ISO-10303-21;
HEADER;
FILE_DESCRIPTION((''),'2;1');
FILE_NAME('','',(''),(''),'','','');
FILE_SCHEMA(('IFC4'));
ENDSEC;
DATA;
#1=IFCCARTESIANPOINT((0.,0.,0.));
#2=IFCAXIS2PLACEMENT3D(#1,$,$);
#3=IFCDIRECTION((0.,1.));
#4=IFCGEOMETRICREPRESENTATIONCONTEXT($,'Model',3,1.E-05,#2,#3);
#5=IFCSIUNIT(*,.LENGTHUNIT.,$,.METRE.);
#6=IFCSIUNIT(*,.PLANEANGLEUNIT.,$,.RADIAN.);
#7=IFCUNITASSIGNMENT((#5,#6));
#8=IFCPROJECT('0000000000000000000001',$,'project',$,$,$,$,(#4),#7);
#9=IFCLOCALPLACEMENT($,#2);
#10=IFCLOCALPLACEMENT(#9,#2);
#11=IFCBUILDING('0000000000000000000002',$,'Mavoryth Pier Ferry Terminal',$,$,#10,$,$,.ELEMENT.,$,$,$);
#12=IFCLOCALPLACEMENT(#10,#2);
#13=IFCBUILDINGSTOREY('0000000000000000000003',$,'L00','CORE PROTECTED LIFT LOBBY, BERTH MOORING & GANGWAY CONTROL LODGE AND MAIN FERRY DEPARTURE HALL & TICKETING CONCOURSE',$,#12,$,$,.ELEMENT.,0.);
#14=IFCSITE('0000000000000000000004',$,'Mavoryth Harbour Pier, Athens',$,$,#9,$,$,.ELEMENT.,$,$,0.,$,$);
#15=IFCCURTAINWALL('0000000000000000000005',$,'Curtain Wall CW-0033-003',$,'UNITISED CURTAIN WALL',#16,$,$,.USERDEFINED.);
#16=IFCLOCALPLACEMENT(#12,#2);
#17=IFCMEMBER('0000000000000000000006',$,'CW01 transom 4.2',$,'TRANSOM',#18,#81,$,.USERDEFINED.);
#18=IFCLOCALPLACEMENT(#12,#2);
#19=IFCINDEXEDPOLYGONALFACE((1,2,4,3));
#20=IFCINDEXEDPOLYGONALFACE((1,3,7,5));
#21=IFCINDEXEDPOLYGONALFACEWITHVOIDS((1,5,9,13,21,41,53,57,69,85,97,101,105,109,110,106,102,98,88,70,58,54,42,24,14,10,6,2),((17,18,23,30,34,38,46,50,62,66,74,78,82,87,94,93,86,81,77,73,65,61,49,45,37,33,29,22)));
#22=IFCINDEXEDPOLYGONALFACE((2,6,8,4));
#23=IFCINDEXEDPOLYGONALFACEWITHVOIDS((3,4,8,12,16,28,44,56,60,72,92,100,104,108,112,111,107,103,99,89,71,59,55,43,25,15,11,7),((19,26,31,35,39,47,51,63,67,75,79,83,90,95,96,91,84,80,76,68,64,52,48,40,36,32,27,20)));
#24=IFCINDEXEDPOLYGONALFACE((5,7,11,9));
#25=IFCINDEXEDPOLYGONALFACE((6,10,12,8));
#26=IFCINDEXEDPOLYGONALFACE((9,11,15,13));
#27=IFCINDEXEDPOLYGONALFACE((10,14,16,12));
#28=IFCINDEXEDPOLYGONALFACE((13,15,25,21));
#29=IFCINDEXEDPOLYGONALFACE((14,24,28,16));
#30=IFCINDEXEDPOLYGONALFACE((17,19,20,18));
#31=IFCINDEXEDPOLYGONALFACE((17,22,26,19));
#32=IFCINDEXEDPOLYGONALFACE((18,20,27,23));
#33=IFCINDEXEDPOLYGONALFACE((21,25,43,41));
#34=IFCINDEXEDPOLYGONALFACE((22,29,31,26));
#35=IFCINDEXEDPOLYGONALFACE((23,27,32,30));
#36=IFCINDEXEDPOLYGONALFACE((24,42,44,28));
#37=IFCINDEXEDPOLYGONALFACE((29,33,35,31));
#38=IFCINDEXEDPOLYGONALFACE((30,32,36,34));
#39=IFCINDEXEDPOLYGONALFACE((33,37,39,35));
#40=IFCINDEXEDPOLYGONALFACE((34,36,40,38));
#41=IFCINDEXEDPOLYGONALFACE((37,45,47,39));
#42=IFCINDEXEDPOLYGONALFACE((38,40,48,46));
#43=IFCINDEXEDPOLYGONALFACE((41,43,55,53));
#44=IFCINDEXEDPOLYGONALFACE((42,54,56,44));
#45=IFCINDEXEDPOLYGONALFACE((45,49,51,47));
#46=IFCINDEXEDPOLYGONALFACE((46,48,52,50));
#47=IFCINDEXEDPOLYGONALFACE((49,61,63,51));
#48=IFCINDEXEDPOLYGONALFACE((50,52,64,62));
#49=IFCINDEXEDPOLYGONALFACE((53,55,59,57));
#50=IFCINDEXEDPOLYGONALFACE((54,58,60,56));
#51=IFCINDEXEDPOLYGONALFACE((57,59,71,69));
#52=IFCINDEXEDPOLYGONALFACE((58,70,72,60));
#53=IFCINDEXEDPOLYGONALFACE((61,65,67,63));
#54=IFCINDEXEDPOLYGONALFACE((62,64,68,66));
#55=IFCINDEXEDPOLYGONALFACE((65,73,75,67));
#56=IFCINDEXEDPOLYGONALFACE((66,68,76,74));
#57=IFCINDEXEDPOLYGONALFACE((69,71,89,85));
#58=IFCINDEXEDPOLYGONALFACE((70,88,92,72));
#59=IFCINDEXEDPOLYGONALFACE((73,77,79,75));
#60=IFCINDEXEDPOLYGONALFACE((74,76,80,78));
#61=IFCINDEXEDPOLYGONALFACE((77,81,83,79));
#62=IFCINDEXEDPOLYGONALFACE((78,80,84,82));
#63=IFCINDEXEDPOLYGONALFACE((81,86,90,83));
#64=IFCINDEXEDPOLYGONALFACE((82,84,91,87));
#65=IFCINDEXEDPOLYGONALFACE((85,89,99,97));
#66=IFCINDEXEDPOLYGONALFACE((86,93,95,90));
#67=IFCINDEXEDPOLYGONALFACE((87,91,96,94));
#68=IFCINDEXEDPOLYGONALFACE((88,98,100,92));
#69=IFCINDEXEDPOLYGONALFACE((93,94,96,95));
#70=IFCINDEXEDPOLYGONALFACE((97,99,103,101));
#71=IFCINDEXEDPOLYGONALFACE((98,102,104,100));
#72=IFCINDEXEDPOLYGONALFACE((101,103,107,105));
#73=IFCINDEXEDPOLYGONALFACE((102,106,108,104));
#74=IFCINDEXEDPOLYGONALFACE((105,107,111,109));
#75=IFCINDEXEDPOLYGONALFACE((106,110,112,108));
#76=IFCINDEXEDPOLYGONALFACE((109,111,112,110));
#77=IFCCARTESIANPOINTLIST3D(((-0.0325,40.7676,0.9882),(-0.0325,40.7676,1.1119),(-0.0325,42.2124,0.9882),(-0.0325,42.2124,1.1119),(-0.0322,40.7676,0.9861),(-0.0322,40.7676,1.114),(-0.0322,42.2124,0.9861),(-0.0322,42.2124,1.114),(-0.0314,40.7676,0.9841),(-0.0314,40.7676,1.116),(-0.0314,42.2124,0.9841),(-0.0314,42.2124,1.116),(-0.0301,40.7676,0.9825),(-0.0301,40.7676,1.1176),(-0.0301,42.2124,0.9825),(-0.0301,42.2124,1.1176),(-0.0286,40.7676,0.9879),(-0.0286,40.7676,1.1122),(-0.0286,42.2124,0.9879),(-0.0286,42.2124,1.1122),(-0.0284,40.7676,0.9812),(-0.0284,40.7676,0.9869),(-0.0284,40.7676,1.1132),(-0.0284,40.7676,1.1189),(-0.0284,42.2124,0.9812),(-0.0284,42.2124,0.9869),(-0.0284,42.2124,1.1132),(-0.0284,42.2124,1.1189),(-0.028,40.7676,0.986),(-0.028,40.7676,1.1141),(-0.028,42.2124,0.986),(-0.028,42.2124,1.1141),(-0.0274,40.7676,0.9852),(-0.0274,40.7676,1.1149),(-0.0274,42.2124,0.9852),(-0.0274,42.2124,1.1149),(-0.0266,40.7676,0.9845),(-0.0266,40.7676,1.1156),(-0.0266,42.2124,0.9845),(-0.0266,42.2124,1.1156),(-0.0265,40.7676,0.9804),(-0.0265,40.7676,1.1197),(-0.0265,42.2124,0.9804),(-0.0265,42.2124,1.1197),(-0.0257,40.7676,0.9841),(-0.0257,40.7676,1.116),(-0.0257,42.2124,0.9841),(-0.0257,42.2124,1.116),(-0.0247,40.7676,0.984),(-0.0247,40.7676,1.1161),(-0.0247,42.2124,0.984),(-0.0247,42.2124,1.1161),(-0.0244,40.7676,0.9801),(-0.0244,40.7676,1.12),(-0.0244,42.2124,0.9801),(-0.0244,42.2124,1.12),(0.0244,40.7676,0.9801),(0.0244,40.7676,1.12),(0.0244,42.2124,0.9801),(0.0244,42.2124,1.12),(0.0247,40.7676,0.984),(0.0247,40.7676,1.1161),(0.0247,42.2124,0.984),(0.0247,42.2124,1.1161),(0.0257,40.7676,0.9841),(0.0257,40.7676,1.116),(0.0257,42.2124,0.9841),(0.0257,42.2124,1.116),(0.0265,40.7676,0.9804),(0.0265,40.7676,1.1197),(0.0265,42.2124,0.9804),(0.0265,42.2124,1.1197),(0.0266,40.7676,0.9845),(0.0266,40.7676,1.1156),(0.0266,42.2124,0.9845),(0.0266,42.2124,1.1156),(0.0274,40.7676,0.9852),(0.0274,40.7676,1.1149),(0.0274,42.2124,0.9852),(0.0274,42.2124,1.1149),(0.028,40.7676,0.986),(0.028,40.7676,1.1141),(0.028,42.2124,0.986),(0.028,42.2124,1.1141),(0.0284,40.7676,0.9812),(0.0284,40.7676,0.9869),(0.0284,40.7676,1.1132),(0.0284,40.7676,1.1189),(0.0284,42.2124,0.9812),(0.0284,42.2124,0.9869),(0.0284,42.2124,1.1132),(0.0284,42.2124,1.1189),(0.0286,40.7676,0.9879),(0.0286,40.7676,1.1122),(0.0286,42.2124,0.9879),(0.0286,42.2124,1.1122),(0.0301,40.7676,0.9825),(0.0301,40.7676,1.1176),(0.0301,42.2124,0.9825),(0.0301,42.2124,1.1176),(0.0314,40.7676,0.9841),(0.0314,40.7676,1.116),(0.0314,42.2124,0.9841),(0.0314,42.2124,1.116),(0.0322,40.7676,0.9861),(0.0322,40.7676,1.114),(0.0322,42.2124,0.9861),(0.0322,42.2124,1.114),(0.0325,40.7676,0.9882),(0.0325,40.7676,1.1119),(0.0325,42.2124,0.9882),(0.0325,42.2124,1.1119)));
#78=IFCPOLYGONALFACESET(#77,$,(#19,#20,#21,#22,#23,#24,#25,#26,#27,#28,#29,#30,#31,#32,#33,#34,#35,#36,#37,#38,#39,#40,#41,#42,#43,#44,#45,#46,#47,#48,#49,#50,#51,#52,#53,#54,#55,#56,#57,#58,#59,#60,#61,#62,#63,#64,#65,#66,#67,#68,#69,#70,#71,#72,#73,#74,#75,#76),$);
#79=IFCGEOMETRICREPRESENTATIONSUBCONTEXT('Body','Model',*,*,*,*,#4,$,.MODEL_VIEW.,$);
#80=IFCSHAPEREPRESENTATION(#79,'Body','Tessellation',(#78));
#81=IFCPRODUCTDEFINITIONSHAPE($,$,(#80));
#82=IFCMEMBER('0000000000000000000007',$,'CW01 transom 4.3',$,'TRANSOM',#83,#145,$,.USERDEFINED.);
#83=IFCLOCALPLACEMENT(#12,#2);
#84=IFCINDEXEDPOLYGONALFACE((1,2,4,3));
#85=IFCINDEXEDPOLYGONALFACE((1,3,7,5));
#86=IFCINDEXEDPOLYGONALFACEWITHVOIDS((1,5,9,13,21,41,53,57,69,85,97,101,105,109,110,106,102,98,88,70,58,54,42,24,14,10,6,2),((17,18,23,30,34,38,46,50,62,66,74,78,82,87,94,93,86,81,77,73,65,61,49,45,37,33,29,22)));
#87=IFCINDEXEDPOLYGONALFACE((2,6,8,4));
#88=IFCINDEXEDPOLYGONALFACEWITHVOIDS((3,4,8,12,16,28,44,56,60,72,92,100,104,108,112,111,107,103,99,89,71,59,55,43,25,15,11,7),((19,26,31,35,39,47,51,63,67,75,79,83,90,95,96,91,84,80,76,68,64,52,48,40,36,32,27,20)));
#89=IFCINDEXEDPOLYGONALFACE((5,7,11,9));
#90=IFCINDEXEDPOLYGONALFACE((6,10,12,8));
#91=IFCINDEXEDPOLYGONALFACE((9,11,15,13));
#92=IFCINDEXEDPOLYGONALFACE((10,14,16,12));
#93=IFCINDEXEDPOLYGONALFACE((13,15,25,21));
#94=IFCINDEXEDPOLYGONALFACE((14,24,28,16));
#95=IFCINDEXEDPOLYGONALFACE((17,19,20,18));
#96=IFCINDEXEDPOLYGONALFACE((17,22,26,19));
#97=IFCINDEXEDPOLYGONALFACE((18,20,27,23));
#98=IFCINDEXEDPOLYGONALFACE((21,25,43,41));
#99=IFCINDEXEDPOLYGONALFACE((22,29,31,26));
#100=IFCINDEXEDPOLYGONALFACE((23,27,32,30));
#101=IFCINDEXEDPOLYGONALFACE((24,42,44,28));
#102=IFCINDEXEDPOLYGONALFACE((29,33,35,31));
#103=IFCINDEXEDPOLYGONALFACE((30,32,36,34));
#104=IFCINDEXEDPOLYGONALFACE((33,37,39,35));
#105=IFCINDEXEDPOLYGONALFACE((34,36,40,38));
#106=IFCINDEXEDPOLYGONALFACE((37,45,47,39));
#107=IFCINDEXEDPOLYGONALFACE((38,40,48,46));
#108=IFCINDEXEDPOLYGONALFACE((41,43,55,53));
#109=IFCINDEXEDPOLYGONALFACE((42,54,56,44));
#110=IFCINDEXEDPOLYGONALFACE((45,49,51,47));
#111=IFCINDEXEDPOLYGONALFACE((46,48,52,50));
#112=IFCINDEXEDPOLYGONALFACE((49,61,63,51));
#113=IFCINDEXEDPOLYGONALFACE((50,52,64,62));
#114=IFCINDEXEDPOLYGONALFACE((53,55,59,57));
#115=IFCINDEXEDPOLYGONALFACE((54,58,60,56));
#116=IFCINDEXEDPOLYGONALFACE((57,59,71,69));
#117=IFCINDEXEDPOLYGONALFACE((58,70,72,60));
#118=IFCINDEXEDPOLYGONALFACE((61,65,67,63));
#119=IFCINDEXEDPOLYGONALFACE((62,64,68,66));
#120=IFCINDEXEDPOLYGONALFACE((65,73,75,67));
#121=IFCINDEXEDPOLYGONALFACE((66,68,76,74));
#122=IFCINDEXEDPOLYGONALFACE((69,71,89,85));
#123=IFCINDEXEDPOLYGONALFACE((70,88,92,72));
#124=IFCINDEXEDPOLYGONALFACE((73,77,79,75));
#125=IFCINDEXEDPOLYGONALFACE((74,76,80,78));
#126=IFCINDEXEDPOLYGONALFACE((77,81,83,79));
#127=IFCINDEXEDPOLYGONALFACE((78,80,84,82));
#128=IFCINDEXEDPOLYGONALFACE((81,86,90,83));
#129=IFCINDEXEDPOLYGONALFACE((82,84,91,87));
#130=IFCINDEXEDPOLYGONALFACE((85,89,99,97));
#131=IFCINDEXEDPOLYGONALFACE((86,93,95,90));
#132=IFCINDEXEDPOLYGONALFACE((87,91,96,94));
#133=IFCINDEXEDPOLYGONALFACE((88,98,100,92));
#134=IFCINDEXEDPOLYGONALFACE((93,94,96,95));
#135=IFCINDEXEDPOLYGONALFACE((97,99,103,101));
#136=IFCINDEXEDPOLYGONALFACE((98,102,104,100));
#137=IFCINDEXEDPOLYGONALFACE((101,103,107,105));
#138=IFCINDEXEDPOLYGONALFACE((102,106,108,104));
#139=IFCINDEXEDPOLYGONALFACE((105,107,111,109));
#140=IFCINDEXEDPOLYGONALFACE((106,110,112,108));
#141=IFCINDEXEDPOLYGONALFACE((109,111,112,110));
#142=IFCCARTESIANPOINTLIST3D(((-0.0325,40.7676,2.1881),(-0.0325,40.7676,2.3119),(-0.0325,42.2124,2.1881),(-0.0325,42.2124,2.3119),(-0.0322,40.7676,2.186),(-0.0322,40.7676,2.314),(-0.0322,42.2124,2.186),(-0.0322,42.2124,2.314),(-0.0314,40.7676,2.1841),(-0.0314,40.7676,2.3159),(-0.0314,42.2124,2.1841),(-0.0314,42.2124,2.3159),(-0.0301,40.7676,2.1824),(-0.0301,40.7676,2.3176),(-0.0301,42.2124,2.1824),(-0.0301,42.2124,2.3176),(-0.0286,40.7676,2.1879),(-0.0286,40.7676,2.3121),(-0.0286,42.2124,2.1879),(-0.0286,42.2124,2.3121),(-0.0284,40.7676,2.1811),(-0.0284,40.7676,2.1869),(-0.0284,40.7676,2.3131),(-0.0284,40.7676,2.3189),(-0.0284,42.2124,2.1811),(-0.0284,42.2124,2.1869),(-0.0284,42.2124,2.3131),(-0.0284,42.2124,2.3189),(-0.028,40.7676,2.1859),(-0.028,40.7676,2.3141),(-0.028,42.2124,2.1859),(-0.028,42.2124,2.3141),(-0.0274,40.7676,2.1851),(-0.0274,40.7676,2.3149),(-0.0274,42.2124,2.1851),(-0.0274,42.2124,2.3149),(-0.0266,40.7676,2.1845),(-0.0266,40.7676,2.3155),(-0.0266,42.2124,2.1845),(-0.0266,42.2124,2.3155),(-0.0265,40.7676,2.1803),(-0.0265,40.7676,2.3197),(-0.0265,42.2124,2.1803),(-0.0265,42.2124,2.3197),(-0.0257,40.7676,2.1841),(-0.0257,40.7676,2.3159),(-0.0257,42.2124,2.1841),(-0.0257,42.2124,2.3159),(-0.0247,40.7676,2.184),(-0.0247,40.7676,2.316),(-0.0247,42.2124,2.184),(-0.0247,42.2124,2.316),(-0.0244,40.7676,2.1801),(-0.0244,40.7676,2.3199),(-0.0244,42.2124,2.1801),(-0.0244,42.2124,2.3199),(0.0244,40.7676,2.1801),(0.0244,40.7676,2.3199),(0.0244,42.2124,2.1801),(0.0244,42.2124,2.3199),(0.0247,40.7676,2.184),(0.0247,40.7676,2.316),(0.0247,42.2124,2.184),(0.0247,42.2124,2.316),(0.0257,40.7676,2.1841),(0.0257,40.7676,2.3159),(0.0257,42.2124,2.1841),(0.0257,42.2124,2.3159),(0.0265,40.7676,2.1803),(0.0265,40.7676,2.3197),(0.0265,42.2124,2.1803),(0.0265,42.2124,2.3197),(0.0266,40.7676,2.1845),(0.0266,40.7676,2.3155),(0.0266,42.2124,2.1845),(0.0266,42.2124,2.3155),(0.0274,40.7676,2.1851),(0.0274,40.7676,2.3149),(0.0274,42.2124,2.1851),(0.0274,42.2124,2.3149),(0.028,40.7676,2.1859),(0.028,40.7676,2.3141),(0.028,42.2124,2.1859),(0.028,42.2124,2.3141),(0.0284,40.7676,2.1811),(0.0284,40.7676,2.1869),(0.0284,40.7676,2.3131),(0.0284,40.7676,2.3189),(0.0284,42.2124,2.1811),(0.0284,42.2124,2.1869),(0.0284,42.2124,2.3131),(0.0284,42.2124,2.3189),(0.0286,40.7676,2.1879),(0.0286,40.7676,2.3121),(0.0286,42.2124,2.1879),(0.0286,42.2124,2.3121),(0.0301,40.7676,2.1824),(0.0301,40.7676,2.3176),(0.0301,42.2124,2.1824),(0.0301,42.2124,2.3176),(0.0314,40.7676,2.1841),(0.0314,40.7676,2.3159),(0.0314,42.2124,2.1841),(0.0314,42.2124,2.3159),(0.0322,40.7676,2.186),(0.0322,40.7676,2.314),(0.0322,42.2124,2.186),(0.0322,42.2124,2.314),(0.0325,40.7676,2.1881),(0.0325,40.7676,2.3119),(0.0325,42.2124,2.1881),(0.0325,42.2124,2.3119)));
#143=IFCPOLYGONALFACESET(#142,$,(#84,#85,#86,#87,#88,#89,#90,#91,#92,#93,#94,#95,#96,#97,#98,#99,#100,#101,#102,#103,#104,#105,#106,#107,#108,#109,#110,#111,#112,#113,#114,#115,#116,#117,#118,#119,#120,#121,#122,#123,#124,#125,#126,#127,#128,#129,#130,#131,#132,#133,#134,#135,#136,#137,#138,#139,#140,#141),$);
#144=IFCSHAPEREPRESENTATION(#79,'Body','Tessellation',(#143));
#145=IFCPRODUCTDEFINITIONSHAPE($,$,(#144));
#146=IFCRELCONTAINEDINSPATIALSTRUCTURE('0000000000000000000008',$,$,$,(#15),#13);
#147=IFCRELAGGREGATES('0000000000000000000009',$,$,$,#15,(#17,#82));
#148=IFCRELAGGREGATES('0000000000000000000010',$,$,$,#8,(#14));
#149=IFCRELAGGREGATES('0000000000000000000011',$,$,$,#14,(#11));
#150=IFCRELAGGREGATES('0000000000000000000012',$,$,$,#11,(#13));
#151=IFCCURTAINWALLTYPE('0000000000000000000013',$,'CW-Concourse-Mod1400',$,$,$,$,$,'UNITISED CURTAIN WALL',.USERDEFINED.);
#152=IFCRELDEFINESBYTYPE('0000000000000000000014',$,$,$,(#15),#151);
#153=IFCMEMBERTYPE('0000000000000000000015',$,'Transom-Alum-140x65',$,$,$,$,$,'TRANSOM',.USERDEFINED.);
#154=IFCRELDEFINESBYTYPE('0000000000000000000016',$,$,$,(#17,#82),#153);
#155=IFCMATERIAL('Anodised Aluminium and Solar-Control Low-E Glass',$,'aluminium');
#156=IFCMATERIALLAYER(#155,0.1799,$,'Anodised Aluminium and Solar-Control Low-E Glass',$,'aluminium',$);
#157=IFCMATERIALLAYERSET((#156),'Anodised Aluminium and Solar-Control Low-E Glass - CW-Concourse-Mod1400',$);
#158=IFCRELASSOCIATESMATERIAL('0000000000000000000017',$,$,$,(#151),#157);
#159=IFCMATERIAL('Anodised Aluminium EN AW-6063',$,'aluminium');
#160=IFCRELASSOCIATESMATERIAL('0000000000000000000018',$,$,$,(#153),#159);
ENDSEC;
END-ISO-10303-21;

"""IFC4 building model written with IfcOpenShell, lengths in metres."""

from ifc_helpers import new_model, si_unit, direction, frame, origin, origin_2d, place, context, subcontext, project, spatial, hollow_rectangle, extrude, material, layer, layer_set, material_profile, profile_set, type_object, element, aggregate, save


model = new_model("IFC4")

# Units and contexts
model_context = context("Model", 3, precision=1e-05, world=origin(), true_north=direction((0.0, 1.0)))
body_context = subcontext(model_context, "Body", "Model", "MODEL_VIEW")
ifc_project = project(units=[si_unit("LENGTHUNIT", "METRE"), si_unit("PLANEANGLEUNIT", "RADIAN")], contexts=[model_context])

# Site, building, storey
site_placement = place(None, origin())
site = spatial("IfcSite", under=ifc_project, at=site_placement, Name="Mavoryth Harbour Pier, Athens", CompositionType="ELEMENT", RefElevation=0.0)
building_placement = place(site_placement, origin())
building = spatial("IfcBuilding", under=site, at=building_placement, Name="Mavoryth Pier Ferry Terminal", CompositionType="ELEMENT")
storey_placement = place(building_placement, origin())
storey = spatial("IfcBuildingStorey", under=building, at=storey_placement, Name="L00", Description="CORE PROTECTED LIFT LOBBY, BERTH MOORING & GANGWAY CONTROL LODGE AND MAIN FERRY DEPARTURE HALL & TICKETING CONCOURSE", CompositionType="ELEMENT", Elevation=0.0)

# Curtain wall, members
ifc_material_1 = material(Name="Anodised Aluminium and Solar-Control Low-E Glass", Category="aluminium")
ifc_layer_1 = layer(ifc_material_1, 0.1799, Name="Anodised Aluminium and Solar-Control Low-E Glass", Category="aluminium")
ifc_layer_set_1 = layer_set([ifc_layer_1], Name="Anodised Aluminium and Solar-Control Low-E Glass - CW-Concourse-Mod1400")
curtain_wall_type = type_object("IfcCurtainWallType", Name="CW-Concourse-Mod1400", ElementType="UNITISED CURTAIN WALL", PredefinedType="USERDEFINED", material=ifc_layer_set_1)
curtain_wall_placement = place(storey_placement, origin())
curtain_wall = element("IfcCurtainWall", 1, at=curtain_wall_placement, inside=storey, type_object=curtain_wall_type, Name="Curtain Wall CW-0033-003", ObjectType="UNITISED CURTAIN WALL", PredefinedType="USERDEFINED")
ifc_material_2 = material(Name="Anodised Aluminium EN AW-6063", Category="aluminium")
ifc_material_profile_1 = material_profile(ifc_material_2, hollow_rectangle(XDim=0.0649, YDim=0.1399, WallThickness=0.0039, InnerFilletRadius=0.0039, OuterFilletRadius=0.0081, at=origin_2d()), Name="AL-TRAN 140x65x4", Category="aluminium")
ifc_profile_set_1 = profile_set([ifc_material_profile_1], Name="Anodised Aluminium EN AW-6063 - AL-TRAN 140x65x4")
member_type_1 = type_object("IfcMemberType", Name="Transom-Alum-140x65", ElementType="TRANSOM", PredefinedType="USERDEFINED", material=ifc_profile_set_1)
member_1_placement = place(storey_placement, frame((0.0, 42.2124, 1.05), z_axis=(0.0, -1.0, 0.0), x_axis=(1.0, 0.0, 0.0)))
member_1 = element("IfcMember", 2, at=member_1_placement, type_object=member_type_1, Name="CW01 transom 4.2", ObjectType="TRANSOM", PredefinedType="USERDEFINED", context=body_context, shape_type="SweptSolid", body=[
    extrude(hollow_rectangle(XDim=0.0649, YDim=0.1399, WallThickness=0.0039, InnerFilletRadius=0.0039, OuterFilletRadius=0.0081, at=origin_2d()), origin(), (0.0, 0.0, 1.0), 1.4448),
])
member_2_placement = place(storey_placement, frame((0.0, 42.2124, 2.25), z_axis=(0.0, -1.0, 0.0), x_axis=(1.0, 0.0, 0.0)))
member_2 = element("IfcMember", 3, at=member_2_placement, type_object=member_type_1, Name="CW01 transom 4.3", ObjectType="TRANSOM", PredefinedType="USERDEFINED", context=body_context, shape_type="SweptSolid", body=[
    extrude(hollow_rectangle(XDim=0.0649, YDim=0.1399, WallThickness=0.0039, InnerFilletRadius=0.0039, OuterFilletRadius=0.0081, at=origin_2d()), origin(), (0.0, 0.0, 1.0), 1.4448),
])
aggregate(curtain_wall, [member_1, member_2])

save(model, "model.ifc")
